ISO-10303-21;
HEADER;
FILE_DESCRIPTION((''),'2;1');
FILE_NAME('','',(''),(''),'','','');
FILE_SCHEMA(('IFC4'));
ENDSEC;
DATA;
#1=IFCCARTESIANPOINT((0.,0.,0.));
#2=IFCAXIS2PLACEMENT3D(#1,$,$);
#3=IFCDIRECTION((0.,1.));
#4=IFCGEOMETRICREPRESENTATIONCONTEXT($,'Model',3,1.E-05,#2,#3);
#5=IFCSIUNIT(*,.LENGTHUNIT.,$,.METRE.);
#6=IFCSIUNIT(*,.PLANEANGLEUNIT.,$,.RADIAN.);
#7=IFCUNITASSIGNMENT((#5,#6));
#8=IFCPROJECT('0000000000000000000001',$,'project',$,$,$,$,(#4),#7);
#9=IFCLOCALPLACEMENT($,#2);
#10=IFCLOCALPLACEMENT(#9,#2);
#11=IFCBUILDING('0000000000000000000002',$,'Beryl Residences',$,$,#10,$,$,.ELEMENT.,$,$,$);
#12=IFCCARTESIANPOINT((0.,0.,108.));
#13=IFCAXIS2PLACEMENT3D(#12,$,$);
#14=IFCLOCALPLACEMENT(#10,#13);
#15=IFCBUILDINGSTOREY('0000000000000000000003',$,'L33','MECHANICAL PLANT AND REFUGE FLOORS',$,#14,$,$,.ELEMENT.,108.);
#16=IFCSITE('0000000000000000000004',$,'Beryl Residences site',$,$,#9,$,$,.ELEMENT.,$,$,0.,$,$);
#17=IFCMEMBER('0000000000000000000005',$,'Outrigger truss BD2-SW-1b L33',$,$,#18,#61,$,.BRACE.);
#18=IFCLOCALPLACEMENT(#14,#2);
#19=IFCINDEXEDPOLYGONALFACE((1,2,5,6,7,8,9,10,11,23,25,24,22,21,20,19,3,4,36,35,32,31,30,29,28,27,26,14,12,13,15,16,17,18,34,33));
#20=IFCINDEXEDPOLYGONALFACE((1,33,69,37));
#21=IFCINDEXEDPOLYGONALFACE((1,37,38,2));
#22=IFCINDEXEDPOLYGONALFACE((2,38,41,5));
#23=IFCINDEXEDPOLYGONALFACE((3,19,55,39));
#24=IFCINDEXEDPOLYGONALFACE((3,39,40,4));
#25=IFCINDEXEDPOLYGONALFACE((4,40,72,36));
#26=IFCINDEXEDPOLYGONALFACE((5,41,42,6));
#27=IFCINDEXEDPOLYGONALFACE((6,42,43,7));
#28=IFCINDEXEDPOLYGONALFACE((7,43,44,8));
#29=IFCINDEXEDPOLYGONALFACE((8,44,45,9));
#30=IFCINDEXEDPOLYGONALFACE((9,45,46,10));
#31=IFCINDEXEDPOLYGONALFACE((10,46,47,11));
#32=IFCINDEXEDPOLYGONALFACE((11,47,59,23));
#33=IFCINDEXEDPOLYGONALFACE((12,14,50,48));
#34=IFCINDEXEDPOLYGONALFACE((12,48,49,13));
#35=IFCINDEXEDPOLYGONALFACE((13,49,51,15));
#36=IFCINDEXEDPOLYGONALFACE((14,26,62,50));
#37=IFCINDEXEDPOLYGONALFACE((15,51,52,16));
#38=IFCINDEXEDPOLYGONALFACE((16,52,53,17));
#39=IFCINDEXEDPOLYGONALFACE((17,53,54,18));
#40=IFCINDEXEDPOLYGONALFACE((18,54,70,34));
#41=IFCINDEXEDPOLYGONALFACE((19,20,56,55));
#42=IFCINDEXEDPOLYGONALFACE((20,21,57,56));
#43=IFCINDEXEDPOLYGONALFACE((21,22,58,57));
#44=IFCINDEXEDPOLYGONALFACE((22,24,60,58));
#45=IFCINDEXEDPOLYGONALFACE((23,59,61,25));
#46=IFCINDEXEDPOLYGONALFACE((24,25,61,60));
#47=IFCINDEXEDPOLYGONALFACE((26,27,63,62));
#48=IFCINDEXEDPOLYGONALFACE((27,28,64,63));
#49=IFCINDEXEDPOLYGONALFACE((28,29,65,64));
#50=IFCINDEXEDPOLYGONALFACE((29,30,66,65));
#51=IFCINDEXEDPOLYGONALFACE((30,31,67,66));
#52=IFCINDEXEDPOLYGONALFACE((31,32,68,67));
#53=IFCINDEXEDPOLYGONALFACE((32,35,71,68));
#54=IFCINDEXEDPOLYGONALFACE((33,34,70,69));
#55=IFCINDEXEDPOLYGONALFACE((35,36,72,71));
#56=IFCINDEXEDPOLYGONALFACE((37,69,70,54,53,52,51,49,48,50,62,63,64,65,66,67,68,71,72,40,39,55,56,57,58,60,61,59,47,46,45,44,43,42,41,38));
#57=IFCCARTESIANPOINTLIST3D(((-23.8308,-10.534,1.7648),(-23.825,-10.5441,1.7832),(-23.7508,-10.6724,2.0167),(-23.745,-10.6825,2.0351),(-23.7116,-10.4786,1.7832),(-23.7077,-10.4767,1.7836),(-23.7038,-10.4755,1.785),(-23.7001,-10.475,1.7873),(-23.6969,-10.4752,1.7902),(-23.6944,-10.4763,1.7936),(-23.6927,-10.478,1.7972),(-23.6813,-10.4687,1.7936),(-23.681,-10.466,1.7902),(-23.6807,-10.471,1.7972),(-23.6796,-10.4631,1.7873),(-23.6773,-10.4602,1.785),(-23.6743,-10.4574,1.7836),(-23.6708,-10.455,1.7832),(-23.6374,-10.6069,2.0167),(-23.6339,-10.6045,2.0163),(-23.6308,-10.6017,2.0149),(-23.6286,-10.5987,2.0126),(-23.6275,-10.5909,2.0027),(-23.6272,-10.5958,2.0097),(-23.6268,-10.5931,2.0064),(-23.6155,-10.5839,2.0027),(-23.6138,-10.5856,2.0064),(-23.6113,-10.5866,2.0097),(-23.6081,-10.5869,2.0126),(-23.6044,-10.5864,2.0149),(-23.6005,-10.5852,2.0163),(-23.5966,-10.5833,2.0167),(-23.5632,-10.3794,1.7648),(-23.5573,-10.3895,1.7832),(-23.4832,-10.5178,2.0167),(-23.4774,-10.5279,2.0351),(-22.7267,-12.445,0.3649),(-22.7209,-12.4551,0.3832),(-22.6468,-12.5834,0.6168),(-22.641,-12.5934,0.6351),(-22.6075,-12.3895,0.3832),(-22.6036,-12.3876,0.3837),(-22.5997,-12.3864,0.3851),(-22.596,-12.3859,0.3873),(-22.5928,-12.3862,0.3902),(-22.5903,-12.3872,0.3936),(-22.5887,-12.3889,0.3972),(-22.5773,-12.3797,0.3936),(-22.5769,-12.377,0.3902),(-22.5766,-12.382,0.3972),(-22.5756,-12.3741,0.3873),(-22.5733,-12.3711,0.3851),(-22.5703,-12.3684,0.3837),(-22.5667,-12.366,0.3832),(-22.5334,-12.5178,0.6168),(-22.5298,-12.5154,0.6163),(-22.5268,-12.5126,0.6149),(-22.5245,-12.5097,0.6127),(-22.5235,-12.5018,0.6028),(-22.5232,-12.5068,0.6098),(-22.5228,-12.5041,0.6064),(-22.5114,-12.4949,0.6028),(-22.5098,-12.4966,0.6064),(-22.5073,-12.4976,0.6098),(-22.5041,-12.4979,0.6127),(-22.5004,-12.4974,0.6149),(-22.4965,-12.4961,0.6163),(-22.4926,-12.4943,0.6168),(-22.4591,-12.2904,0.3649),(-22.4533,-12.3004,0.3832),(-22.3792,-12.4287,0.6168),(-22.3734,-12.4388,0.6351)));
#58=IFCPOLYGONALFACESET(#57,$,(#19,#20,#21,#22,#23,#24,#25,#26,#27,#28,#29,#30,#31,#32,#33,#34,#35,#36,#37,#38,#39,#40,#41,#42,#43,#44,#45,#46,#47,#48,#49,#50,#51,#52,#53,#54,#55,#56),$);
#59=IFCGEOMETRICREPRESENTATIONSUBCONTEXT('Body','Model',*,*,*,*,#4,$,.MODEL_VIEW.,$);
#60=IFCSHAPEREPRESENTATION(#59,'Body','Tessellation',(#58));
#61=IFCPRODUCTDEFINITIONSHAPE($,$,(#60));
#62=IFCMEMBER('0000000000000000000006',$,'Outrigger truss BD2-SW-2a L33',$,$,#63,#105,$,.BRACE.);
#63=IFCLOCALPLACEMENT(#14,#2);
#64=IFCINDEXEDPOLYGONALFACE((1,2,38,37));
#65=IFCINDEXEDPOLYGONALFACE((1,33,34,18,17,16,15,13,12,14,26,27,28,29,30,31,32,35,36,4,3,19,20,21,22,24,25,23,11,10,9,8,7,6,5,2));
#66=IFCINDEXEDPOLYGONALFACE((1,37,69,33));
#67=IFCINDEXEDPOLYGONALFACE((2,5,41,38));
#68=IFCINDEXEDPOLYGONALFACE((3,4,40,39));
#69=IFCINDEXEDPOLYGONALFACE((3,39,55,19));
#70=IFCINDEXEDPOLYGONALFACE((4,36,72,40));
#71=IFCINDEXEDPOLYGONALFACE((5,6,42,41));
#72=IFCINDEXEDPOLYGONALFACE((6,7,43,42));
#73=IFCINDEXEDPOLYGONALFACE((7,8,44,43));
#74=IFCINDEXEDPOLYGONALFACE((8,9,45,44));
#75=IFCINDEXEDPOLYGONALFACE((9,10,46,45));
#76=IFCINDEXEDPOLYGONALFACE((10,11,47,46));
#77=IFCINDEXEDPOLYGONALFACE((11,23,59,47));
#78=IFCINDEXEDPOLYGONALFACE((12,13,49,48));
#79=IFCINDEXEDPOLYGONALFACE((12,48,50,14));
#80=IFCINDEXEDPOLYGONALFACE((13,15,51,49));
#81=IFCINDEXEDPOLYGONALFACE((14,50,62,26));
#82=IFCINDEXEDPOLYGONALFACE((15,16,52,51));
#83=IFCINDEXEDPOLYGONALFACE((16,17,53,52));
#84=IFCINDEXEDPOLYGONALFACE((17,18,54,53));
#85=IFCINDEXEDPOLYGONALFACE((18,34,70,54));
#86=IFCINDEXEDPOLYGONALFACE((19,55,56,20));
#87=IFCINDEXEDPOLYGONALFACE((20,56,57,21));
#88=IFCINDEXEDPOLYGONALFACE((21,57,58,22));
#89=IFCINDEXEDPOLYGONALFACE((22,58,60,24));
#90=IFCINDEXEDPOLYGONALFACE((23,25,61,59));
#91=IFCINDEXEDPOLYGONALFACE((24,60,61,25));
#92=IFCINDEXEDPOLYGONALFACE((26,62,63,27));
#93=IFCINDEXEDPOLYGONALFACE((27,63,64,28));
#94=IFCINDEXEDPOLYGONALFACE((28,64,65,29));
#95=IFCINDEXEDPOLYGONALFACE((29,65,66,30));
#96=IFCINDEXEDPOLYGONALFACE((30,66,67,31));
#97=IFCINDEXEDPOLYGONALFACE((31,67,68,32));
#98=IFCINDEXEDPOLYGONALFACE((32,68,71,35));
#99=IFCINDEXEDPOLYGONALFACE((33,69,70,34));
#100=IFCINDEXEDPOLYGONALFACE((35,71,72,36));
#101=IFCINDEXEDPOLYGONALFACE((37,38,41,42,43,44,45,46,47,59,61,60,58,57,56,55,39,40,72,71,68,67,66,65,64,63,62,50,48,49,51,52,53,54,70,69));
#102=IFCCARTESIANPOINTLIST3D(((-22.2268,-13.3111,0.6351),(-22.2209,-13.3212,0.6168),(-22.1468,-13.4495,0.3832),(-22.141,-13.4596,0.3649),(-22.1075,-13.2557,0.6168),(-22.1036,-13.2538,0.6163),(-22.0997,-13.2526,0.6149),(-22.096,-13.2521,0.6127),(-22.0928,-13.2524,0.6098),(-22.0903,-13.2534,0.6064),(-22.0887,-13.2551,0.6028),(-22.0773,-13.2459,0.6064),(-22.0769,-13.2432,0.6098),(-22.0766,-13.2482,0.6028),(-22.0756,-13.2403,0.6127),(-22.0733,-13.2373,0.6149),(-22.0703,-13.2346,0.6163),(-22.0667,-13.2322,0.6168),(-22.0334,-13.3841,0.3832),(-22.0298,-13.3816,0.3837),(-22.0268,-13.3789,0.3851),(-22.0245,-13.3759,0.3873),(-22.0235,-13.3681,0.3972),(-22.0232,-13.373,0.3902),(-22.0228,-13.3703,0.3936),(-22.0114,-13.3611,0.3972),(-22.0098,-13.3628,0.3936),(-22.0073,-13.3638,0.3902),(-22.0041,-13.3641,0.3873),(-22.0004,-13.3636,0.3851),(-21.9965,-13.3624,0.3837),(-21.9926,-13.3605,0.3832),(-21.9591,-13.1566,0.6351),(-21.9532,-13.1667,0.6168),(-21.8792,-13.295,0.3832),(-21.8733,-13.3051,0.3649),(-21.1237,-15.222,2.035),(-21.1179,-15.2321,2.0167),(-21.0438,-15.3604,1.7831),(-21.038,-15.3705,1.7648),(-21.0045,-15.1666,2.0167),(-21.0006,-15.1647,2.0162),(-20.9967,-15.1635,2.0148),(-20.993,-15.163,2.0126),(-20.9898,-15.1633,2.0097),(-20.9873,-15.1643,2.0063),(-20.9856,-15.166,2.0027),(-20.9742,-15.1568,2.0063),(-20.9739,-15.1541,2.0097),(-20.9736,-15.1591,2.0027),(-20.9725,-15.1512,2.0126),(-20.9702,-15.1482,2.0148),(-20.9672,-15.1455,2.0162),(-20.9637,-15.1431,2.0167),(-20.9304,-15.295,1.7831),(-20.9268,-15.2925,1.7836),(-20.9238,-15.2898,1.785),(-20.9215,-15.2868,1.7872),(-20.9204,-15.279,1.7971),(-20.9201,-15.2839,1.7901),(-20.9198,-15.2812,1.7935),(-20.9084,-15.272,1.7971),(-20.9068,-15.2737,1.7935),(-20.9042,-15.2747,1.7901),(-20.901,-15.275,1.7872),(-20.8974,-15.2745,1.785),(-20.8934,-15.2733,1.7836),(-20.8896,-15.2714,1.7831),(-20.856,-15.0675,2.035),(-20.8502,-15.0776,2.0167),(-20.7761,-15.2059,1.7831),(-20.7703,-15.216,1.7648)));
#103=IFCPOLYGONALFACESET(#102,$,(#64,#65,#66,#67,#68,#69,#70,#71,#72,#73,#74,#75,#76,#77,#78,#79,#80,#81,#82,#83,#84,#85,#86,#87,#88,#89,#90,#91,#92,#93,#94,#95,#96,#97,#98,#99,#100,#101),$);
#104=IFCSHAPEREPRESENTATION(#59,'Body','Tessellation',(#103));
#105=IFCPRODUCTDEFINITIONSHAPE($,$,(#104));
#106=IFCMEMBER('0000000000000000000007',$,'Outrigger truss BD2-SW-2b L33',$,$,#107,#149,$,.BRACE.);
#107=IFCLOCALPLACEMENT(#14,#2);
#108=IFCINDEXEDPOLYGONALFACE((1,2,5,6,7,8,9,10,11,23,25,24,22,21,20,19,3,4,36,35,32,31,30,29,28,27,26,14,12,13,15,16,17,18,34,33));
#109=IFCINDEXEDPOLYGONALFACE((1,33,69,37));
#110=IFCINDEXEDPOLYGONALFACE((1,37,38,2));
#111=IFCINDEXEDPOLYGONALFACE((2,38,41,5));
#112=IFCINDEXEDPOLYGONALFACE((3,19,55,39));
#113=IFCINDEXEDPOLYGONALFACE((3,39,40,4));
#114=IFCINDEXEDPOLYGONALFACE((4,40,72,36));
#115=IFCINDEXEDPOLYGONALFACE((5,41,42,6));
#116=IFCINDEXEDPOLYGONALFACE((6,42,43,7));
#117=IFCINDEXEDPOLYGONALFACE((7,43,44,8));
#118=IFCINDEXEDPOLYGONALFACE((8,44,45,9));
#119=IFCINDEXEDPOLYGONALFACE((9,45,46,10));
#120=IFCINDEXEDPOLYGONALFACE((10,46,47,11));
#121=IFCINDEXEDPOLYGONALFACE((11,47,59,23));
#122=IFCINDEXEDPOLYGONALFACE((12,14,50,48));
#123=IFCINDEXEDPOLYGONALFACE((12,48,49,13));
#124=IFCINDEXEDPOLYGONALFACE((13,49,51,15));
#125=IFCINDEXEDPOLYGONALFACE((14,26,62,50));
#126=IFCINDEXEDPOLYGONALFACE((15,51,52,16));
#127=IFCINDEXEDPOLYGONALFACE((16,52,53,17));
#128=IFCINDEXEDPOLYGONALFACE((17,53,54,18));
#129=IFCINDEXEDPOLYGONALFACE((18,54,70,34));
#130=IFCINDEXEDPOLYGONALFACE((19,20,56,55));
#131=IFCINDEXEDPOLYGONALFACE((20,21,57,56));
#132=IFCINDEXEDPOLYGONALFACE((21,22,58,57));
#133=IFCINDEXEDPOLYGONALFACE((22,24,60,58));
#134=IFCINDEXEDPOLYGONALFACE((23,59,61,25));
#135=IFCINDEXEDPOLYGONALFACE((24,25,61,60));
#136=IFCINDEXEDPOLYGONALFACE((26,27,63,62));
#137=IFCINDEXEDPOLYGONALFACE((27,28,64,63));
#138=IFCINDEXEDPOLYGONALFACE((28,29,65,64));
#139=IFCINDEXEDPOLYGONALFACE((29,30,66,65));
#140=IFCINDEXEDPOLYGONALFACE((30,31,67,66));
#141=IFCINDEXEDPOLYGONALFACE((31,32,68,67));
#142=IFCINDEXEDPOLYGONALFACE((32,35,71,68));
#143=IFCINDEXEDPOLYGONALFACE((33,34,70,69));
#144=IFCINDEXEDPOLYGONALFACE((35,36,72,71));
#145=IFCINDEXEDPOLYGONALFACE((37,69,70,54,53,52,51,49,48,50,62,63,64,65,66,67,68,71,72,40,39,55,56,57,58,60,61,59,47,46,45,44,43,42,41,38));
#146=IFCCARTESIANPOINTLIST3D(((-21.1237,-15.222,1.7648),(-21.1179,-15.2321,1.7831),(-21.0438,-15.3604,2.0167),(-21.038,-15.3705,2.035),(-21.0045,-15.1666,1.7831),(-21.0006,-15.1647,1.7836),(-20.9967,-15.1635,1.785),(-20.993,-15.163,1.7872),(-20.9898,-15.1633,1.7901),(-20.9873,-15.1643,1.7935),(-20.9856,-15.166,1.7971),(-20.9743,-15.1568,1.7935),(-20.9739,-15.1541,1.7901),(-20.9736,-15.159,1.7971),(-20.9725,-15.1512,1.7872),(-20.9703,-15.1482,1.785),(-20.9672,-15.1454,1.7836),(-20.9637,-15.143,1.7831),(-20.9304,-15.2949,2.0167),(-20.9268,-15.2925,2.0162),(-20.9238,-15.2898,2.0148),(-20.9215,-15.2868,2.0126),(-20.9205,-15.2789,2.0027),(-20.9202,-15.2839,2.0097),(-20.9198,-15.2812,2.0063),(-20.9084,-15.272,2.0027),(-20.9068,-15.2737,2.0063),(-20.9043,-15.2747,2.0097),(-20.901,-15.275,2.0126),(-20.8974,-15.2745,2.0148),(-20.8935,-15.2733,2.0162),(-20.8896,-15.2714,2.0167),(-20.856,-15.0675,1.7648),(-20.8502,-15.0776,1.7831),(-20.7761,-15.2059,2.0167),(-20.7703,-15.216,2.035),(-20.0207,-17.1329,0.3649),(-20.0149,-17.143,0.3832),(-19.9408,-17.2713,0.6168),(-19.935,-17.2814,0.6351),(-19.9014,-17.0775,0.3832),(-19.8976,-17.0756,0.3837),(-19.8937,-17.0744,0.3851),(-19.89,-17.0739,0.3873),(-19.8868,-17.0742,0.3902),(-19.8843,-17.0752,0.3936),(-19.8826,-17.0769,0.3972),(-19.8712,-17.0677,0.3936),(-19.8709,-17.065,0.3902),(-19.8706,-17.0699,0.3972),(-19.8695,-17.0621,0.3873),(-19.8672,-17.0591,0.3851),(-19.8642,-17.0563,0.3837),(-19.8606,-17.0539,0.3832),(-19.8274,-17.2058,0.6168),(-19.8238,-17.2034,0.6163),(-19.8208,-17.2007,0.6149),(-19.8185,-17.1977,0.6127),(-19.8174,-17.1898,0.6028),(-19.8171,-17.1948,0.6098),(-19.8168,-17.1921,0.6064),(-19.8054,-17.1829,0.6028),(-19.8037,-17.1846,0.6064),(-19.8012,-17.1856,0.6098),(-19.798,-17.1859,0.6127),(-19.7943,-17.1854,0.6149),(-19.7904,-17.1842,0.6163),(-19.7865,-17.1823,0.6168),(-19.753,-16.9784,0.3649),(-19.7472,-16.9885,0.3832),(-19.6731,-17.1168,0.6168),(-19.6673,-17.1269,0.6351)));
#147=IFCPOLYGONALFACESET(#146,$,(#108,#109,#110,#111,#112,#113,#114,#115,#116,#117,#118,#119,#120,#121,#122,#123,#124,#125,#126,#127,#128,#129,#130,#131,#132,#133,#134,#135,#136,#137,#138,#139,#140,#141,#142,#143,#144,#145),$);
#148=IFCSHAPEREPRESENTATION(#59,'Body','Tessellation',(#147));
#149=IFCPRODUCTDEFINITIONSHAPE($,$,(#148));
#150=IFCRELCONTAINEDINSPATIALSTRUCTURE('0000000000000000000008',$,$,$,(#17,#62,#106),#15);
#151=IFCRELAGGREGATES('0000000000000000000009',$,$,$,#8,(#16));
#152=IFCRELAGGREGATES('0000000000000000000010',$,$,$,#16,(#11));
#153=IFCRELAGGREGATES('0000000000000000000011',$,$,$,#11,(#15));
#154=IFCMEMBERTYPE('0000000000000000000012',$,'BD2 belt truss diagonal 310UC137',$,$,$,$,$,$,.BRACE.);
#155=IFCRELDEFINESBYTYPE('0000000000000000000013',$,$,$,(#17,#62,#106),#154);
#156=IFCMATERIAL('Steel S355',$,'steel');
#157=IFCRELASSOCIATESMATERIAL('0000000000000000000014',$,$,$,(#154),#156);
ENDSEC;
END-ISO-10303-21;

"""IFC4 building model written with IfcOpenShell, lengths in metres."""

from ifc_helpers import new_model, si_unit, direction, frame, origin, origin_2d, place, context, subcontext, project, spatial, i_section, extrude, material, material_profile, profile_set, type_object, element, save


model = new_model("IFC4")

# Units and contexts
model_context = context("Model", 3, precision=1e-05, world=origin(), true_north=direction((0.0, 1.0)))
body_context = subcontext(model_context, "Body", "Model", "MODEL_VIEW")
ifc_project = project(units=[si_unit("LENGTHUNIT", "METRE"), si_unit("PLANEANGLEUNIT", "RADIAN")], contexts=[model_context])

# Site, building, storey
site_placement = place(None, origin())
site = spatial("IfcSite", under=ifc_project, at=site_placement, Name="Beryl Residences site", CompositionType="ELEMENT", RefElevation=0.0)
building_placement = place(site_placement, origin())
building = spatial("IfcBuilding", under=site, at=building_placement, Name="Beryl Residences", CompositionType="ELEMENT")
storey_placement = place(building_placement, frame((0.0, 0.0, 108.0)))
storey = spatial("IfcBuildingStorey", under=building, at=storey_placement, Name="L33", Description="MECHANICAL PLANT AND REFUGE FLOORS", CompositionType="ELEMENT", Elevation=108.0)

# Members
ifc_material_1 = material(Name="Steel S355", Category="steel")
ifc_material_profile_1 = material_profile(ifc_material_1, i_section(OverallWidth=0.3091, OverallDepth=0.3201, WebThickness=0.0139, FlangeThickness=0.0217, FilletRadius=0.0166, at=origin_2d()))
ifc_profile_set_1 = profile_set([ifc_material_profile_1], Name="Steel S355")
member_type_1 = type_object("IfcMemberType", Name="BD2 belt truss diagonal 310UC137", PredefinedType="BRACE", material=ifc_profile_set_1)
member_1_placement = place(storey_placement, frame((-22.55, -12.4419, 0.5), z_axis=(-0.422434, 0.731179, 0.535656), x_axis=(-0.865878, -0.500255, 0.0)))
element("IfcMember", 1, at=member_1_placement, inside=storey, type_object=member_type_1, Name="Outrigger truss BD2-SW-1b L33", PredefinedType="BRACE", context=body_context, shape_type="SweptSolid", body=[
    extrude(i_section(OverallWidth=0.3091, OverallDepth=0.3201, WebThickness=0.0139, FlangeThickness=0.0217, FilletRadius=0.0166, at=origin_2d()), origin(), (0.0, 0.0, 1.0), 2.6135),
])
for number, where, z_axis, x_axis, name in (
    (2, (-22.05, -13.3081, 0.5), (0.422127, -0.731294, 0.53574), (0.86607, 0.499924, 0.0), "Outrigger truss BD2-SW-2a L33"),
    (3, (-19.844, -17.1299, 0.5), (-0.422127, 0.731294, 0.53574), (-0.86607, -0.499924, 0.0), "Outrigger truss BD2-SW-2b L33"),
):
    element("IfcMember", number, at=place(storey_placement, frame(where, z_axis=z_axis, x_axis=x_axis)), inside=storey, type_object=member_type_1, Name=name, PredefinedType="BRACE", context=body_context, shape_type="SweptSolid", body=[
        extrude(i_section(OverallWidth=0.3091, OverallDepth=0.3201, WebThickness=0.0139, FlangeThickness=0.0217, FilletRadius=0.0166, at=origin_2d()), origin(), (0.0, 0.0, 1.0), 2.613),
    ])

save(model, "model.ifc")
